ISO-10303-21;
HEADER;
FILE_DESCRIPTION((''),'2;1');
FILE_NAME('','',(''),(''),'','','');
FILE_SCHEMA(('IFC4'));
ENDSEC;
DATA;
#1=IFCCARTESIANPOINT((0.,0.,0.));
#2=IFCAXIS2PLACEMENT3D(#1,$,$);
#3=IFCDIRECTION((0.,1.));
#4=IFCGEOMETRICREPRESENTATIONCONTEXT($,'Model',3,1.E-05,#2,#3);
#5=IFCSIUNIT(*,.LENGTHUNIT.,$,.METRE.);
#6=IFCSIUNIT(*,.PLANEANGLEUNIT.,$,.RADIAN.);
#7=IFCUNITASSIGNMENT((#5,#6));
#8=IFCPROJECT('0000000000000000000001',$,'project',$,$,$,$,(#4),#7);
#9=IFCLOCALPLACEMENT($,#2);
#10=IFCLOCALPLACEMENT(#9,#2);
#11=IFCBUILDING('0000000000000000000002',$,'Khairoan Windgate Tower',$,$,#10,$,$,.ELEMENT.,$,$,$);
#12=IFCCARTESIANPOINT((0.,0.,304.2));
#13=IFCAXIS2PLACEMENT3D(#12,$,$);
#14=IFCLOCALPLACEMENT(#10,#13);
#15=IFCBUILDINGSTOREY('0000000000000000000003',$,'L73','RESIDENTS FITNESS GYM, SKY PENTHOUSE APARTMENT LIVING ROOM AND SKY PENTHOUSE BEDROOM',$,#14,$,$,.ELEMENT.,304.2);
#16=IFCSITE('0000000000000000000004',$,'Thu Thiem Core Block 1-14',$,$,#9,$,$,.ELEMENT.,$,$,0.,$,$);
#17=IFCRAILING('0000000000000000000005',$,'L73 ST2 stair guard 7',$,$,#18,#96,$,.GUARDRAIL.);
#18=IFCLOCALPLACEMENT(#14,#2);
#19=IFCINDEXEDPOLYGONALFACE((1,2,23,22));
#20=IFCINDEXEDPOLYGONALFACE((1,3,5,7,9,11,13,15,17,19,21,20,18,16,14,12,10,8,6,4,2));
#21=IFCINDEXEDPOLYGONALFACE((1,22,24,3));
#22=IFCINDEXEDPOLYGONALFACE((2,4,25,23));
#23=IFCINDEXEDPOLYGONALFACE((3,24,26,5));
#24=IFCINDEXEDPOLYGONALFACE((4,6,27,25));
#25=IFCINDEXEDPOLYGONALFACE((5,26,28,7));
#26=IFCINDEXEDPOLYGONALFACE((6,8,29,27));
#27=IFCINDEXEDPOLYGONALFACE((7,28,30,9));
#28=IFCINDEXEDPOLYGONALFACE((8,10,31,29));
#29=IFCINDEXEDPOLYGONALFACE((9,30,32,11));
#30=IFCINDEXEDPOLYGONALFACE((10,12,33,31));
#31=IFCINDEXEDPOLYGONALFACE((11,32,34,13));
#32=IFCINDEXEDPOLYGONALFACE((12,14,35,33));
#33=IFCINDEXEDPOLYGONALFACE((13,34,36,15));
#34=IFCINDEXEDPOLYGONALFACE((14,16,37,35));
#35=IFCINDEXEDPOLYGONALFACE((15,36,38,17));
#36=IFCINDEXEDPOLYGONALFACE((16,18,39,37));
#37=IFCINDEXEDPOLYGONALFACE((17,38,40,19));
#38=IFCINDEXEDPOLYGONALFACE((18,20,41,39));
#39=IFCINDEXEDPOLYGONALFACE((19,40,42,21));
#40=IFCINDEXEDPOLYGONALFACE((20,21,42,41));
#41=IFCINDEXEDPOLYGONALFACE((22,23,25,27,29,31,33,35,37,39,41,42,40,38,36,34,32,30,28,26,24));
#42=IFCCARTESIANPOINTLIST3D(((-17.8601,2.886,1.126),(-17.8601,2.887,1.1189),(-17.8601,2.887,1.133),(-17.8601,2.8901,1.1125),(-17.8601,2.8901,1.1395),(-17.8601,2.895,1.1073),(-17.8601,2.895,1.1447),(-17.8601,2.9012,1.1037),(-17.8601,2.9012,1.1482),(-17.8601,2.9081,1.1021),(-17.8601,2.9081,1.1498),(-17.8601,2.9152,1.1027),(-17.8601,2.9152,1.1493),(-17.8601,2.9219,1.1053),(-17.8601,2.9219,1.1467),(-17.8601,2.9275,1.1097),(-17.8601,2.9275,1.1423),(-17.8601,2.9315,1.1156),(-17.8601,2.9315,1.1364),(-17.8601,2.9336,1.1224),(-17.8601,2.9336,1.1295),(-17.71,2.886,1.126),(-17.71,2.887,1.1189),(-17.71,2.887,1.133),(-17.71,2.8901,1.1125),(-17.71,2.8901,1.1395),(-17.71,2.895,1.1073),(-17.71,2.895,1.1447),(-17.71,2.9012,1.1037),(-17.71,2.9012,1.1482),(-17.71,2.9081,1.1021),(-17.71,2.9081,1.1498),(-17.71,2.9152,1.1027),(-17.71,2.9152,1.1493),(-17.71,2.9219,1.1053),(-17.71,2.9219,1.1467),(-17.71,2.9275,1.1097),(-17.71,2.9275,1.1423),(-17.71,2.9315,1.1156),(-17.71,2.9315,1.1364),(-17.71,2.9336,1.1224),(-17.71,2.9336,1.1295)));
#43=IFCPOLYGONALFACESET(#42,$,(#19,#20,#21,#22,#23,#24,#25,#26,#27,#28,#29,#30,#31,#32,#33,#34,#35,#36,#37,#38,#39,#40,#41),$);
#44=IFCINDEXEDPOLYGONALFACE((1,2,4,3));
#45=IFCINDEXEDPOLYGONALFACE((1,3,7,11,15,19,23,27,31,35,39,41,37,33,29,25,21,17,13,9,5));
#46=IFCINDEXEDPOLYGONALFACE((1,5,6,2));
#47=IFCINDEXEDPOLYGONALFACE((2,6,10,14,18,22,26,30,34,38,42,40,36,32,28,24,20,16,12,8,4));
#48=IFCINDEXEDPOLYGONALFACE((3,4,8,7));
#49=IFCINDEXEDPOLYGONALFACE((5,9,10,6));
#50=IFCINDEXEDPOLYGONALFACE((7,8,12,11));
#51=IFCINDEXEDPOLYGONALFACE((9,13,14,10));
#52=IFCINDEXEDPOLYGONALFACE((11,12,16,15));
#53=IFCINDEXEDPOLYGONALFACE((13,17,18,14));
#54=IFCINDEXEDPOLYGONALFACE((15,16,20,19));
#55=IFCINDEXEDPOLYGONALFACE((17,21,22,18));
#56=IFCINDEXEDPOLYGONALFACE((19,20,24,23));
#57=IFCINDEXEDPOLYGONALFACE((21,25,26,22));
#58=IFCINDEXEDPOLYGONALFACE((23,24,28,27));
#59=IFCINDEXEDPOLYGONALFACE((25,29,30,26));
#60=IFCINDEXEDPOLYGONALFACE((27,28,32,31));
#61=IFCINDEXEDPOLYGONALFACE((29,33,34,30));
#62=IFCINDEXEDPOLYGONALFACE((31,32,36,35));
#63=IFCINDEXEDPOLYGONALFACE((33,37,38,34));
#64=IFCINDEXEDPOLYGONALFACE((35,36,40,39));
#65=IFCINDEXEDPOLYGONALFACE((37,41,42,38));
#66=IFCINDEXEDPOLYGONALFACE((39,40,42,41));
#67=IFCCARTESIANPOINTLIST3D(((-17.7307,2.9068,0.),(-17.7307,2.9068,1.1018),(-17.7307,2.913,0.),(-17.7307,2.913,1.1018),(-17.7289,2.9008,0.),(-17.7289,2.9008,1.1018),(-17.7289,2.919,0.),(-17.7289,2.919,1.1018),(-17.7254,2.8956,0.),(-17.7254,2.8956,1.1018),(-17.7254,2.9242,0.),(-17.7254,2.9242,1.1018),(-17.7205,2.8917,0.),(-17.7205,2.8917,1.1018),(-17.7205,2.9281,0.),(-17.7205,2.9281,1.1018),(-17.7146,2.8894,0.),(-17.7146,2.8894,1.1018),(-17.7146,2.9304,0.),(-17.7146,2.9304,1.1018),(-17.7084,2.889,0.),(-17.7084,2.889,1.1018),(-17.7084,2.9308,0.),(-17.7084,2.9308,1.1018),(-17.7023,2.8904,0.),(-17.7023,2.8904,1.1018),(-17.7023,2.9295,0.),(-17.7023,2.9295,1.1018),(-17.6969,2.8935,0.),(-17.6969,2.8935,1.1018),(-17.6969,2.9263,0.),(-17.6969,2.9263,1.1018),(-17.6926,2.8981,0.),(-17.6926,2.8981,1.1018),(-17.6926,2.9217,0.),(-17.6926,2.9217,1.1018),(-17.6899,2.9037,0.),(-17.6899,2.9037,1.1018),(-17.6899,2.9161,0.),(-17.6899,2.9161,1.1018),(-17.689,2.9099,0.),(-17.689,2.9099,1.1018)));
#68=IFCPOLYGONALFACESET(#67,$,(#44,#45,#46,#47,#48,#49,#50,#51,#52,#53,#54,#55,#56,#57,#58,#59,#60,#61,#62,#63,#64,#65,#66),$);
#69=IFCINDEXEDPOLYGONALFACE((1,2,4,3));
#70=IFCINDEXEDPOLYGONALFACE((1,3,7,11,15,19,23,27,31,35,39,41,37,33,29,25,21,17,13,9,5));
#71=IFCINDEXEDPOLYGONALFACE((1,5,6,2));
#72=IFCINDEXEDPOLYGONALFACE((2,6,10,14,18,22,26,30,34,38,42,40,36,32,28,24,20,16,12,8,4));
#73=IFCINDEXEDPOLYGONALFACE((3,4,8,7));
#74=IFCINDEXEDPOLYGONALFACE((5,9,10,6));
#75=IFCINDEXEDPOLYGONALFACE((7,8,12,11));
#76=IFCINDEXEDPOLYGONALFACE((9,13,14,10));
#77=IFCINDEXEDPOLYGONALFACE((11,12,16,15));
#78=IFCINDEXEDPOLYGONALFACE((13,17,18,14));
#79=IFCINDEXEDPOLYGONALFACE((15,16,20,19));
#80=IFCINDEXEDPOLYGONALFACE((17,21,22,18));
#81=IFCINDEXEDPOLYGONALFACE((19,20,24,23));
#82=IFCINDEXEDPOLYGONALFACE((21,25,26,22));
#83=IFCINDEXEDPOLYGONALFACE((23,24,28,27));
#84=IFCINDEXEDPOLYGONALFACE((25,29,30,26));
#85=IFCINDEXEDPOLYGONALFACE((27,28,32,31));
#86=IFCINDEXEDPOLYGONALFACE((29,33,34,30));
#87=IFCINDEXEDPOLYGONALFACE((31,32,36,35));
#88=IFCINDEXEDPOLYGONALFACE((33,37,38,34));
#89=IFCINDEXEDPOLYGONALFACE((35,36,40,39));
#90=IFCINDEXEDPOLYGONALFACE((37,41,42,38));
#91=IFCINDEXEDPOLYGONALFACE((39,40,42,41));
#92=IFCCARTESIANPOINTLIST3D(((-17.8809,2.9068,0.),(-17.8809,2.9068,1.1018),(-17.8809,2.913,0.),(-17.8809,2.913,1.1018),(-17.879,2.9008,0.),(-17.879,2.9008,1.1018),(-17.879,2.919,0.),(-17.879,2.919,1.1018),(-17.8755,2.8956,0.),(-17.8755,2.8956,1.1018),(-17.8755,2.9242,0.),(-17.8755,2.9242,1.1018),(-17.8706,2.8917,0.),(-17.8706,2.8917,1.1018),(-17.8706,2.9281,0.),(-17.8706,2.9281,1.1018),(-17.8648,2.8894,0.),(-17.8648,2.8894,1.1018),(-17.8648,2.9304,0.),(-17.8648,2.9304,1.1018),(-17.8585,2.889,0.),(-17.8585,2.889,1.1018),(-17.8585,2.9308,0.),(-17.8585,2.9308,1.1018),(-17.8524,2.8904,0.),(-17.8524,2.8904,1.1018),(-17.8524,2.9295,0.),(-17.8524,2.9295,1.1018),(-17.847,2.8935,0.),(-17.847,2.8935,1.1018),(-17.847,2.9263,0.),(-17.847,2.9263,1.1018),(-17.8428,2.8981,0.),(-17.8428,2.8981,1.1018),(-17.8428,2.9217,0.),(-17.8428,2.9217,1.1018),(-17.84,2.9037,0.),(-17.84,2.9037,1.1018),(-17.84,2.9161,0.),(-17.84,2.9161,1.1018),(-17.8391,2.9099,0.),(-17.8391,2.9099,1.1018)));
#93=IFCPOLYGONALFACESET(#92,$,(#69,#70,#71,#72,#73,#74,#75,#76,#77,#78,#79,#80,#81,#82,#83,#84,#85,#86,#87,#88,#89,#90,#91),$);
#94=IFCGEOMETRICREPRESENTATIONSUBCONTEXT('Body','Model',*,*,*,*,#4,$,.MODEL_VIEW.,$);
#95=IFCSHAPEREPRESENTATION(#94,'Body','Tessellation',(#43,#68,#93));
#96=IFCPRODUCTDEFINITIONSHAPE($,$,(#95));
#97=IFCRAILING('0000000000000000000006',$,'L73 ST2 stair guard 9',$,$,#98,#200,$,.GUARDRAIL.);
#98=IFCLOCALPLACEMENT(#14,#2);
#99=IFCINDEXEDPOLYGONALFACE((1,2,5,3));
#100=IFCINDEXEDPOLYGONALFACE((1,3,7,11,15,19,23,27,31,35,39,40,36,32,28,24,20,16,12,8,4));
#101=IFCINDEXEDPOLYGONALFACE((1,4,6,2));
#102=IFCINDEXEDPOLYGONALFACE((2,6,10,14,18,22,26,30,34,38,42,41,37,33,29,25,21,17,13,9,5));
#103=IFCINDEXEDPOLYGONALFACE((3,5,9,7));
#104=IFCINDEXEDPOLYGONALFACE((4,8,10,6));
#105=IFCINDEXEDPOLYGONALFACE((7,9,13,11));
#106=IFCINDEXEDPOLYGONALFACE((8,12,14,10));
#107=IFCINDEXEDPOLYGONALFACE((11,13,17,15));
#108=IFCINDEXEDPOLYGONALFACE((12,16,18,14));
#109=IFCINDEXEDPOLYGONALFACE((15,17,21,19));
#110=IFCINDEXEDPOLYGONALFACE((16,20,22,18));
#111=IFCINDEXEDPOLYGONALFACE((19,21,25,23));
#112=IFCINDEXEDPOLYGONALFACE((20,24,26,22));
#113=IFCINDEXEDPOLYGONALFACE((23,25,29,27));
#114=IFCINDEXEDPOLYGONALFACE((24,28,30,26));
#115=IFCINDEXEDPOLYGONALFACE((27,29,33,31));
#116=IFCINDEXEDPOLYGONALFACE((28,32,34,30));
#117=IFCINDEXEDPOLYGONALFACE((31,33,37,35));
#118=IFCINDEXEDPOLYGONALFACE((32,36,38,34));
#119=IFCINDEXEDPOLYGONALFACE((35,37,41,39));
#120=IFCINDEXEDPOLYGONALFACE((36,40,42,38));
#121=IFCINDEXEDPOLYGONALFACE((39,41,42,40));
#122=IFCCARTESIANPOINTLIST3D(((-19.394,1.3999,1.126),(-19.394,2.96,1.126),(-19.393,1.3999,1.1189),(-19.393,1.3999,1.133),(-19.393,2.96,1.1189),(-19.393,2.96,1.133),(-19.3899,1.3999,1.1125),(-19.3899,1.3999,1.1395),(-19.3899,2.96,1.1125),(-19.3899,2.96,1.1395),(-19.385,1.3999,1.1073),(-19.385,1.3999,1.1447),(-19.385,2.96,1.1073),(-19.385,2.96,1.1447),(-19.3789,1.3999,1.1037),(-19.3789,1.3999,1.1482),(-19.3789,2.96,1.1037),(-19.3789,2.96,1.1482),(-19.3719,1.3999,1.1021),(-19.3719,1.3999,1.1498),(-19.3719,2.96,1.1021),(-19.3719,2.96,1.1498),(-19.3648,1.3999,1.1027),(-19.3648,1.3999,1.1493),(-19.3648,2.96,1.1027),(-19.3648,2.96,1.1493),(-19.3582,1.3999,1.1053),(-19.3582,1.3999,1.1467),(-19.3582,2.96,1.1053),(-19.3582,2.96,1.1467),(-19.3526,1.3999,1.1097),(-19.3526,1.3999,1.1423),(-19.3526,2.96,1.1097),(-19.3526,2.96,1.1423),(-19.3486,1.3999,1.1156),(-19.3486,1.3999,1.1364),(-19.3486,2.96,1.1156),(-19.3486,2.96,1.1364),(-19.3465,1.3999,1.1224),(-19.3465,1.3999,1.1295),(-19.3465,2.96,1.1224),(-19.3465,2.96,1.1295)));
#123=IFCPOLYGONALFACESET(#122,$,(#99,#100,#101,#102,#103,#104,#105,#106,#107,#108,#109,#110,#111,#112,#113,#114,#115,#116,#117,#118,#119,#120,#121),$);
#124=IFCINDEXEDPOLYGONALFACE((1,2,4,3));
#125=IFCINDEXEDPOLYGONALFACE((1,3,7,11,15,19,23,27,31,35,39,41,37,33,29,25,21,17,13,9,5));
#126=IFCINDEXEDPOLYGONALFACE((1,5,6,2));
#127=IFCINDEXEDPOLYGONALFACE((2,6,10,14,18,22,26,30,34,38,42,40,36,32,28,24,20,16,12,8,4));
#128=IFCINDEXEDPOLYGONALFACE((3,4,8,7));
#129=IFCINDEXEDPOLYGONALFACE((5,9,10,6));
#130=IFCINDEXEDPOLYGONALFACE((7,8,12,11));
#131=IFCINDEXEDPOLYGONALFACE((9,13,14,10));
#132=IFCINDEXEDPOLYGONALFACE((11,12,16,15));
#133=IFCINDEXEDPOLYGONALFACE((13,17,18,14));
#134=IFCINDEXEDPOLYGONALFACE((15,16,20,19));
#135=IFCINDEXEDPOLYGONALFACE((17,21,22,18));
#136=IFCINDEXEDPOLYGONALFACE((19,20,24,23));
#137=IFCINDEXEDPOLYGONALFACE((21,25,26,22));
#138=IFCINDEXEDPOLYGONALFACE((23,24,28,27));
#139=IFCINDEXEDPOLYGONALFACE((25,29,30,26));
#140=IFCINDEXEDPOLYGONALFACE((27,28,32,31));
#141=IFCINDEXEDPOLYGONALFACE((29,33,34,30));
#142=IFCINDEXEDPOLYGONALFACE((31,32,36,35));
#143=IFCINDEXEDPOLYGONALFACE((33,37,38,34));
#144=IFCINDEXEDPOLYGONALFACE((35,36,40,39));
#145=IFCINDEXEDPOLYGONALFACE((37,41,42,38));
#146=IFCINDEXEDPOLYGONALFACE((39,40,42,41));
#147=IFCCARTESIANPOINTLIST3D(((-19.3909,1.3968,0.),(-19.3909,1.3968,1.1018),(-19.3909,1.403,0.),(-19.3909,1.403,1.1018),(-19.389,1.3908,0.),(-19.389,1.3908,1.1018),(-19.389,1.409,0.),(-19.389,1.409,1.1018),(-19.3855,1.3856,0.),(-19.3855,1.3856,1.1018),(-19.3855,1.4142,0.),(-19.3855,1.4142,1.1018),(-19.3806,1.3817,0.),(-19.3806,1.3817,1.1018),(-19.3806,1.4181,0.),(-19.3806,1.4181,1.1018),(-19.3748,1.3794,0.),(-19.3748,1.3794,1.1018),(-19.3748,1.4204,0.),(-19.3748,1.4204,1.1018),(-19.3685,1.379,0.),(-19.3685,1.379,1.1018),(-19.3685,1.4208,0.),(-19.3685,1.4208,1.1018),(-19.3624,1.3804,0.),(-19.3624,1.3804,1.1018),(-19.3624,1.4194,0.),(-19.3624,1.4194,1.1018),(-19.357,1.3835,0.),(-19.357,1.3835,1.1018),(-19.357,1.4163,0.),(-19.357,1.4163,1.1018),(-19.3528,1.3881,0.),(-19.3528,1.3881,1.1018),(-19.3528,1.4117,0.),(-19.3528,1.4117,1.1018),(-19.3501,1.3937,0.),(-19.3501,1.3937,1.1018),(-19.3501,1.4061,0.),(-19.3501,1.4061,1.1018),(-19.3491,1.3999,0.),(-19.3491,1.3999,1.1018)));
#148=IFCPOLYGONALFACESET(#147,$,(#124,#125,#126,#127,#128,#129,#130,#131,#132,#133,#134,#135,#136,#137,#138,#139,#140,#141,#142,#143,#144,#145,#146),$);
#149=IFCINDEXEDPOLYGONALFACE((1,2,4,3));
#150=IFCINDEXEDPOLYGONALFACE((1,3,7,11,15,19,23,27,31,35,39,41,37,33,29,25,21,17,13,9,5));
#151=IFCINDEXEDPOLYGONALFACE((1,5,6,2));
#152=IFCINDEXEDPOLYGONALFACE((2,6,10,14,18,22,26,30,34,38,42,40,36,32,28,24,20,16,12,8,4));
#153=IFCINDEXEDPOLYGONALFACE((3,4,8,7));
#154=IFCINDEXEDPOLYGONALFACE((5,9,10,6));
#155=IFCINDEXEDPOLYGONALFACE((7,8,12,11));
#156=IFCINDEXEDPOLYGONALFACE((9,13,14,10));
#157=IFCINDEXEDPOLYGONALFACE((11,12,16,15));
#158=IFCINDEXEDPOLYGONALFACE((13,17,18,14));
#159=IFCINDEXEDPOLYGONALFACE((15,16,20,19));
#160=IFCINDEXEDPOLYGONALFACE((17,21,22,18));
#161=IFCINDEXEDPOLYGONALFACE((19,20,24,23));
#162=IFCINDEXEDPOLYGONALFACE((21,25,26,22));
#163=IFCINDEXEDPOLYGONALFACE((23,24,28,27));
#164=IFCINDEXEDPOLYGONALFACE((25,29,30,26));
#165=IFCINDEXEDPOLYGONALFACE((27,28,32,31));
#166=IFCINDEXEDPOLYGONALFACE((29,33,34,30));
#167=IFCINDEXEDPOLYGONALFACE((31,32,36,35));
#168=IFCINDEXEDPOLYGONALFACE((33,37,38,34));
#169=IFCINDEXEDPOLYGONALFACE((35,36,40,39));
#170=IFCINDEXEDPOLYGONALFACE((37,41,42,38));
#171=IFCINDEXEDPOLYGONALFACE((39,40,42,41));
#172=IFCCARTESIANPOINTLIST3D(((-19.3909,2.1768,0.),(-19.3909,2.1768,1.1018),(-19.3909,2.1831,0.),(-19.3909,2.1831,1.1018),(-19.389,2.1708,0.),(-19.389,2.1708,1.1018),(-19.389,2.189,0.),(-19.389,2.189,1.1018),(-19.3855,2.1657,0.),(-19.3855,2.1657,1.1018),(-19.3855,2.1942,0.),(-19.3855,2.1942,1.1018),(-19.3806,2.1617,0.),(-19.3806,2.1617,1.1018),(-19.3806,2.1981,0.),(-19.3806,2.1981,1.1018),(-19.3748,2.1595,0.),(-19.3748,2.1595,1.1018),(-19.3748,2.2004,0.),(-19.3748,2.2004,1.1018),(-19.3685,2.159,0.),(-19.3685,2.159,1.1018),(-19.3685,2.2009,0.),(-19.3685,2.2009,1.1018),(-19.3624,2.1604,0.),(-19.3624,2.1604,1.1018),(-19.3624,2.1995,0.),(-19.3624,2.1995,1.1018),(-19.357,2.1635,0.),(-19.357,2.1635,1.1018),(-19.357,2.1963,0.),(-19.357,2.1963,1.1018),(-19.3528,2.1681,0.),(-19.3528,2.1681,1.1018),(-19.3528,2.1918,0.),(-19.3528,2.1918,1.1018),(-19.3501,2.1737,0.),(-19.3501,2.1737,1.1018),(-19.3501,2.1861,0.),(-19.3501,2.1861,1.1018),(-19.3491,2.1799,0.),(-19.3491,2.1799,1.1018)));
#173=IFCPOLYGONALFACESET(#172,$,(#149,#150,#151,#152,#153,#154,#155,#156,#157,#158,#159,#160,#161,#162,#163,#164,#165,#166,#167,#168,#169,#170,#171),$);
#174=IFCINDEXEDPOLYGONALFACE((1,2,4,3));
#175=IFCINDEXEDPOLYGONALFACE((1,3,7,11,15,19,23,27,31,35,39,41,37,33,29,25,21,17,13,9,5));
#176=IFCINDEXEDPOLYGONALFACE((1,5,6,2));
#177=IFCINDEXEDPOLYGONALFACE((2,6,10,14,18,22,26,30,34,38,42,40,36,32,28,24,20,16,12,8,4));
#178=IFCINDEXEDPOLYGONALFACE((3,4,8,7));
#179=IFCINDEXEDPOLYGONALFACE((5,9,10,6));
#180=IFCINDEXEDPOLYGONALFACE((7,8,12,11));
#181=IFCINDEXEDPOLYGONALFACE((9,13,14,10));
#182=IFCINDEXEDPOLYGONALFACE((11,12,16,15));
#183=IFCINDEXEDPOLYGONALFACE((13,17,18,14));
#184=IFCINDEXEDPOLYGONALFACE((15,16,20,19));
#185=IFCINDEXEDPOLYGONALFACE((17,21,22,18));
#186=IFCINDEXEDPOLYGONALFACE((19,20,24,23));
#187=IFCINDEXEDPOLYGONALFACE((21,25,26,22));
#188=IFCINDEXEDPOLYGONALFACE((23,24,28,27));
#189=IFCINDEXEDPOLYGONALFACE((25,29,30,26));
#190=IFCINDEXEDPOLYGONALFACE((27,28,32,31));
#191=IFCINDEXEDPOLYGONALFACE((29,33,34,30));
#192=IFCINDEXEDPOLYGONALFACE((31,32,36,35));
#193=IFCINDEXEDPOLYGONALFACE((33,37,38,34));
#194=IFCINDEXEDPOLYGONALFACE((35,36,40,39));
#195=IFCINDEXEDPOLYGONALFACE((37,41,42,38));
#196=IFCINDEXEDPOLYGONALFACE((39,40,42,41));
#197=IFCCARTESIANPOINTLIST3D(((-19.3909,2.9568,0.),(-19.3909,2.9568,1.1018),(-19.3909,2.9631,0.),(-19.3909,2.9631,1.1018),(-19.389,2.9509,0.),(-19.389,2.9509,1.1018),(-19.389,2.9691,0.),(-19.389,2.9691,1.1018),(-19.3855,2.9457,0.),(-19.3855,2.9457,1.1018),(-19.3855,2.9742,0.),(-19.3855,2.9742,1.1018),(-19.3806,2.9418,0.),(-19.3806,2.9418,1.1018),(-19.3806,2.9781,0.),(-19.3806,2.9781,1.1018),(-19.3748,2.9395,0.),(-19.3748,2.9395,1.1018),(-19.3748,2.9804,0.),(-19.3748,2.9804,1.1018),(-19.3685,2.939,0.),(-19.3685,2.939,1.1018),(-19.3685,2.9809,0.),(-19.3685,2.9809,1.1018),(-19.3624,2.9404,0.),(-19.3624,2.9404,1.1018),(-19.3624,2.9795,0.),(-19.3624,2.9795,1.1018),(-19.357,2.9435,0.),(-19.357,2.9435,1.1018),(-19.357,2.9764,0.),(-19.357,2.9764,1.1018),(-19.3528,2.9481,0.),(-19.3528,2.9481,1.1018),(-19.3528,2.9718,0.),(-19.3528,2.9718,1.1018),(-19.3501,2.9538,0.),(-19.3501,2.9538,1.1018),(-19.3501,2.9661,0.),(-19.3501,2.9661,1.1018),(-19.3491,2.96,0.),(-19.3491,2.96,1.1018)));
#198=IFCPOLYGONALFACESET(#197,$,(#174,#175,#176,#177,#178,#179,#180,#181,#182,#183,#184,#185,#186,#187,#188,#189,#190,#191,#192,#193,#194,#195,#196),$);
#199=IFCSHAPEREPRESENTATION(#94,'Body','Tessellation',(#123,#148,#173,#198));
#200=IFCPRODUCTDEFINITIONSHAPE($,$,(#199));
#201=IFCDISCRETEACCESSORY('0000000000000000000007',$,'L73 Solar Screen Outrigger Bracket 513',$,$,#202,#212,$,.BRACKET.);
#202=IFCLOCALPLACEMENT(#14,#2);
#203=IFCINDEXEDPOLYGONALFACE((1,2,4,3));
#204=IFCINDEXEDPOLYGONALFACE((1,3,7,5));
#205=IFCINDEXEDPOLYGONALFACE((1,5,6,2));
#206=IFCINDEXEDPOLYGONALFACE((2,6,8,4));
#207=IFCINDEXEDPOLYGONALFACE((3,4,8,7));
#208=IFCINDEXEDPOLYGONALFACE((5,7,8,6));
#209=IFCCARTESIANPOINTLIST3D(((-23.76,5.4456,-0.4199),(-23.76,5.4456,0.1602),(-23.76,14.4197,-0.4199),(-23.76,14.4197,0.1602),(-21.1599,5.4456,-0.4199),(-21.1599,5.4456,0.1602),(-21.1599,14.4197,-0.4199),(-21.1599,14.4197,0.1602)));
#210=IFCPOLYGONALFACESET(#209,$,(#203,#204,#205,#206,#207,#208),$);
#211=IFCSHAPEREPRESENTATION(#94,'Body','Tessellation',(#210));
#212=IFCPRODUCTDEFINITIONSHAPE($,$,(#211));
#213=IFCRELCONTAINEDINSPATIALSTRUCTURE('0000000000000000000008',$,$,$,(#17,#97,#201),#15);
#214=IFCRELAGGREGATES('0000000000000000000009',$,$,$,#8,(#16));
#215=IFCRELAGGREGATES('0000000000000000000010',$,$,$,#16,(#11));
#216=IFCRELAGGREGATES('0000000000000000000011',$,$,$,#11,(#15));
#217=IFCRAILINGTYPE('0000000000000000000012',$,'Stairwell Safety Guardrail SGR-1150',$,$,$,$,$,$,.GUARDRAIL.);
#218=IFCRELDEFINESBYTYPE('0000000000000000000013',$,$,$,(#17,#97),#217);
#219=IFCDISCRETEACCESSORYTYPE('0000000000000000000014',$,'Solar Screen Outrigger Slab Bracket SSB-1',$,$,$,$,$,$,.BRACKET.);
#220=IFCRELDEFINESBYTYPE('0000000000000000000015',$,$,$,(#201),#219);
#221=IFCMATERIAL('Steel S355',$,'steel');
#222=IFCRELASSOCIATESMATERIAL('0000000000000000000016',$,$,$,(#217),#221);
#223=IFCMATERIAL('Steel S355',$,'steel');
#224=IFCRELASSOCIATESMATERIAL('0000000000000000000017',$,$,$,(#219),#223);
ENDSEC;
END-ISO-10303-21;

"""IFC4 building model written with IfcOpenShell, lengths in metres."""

from ifc_helpers import new_model, si_unit, direction, frame, origin, origin_2d, place, context, subcontext, project, spatial, rectangle, circle, extrude, material, type_object, element, save


model = new_model("IFC4")

# Units and contexts
model_context = context("Model", 3, precision=1e-05, world=origin(), true_north=direction((0.0, 1.0)))
body_context = subcontext(model_context, "Body", "Model", "MODEL_VIEW")
ifc_project = project(units=[si_unit("LENGTHUNIT", "METRE"), si_unit("PLANEANGLEUNIT", "RADIAN")], contexts=[model_context])

# Site, building, storey
site_placement = place(None, origin())
site = spatial("IfcSite", under=ifc_project, at=site_placement, Name="Thu Thiem Core Block 1-14", CompositionType="ELEMENT", RefElevation=0.0)
building_placement = place(site_placement, origin())
building = spatial("IfcBuilding", under=site, at=building_placement, Name="Khairoan Windgate Tower", CompositionType="ELEMENT")
storey_placement = place(building_placement, frame((0.0, 0.0, 304.2)))
storey = spatial("IfcBuildingStorey", under=building, at=storey_placement, Name="L73", Description="RESIDENTS FITNESS GYM, SKY PENTHOUSE APARTMENT LIVING ROOM AND SKY PENTHOUSE BEDROOM", CompositionType="ELEMENT", Elevation=304.2)

# Railings
ifc_material_1 = material(Name="Steel S355", Category="steel")
railing_type_1 = type_object("IfcRailingType", Name="Stairwell Safety Guardrail SGR-1150", PredefinedType="GUARDRAIL", material=ifc_material_1)
railing_1_placement = place(storey_placement, frame((-17.71, 2.9099, 0.0)))
element("IfcRailing", 1, at=railing_1_placement, inside=storey, type_object=railing_type_1, Name="L73 ST2 stair guard 7", PredefinedType="GUARDRAIL", context=body_context, shape_type="SweptSolid", body=[
    extrude(circle(Radius=0.0239, at=origin_2d()), frame((0.0, 0.0, 1.126), z_axis=(-1.0, 0.0, 0.0), x_axis=(0.0, -1.0, 0.0)), (0.0, 0.0, 1.0), 0.1501),
    extrude(circle(Radius=0.021, at=origin_2d()), origin(), (0.0, 0.0, 1.0), 1.1018),
    extrude(circle(Radius=0.021, at=origin_2d()), frame((-0.1501, 0.0, 0.0)), (0.0, 0.0, 1.0), 1.1018),
])
railing_2_placement = place(storey_placement, frame((-19.3701, 1.3999, 0.0)))
element("IfcRailing", 2, at=railing_2_placement, inside=storey, type_object=railing_type_1, Name="L73 ST2 stair guard 9", PredefinedType="GUARDRAIL", context=body_context, shape_type="SweptSolid", body=[
    extrude(circle(Radius=0.0239, at=origin_2d()), frame((0.0, 0.0, 1.126), z_axis=(0.0, 1.0, 0.0), x_axis=(-1.0, 0.0, 0.0)), (0.0, 0.0, 1.0), 1.5601),
    extrude(circle(Radius=0.021, at=origin_2d()), origin(), (0.0, 0.0, 1.0), 1.1018),
    extrude(circle(Radius=0.021, at=origin_2d()), frame((0.0, 0.78, 0.0)), (0.0, 0.0, 1.0), 1.1018),
    extrude(circle(Radius=0.021, at=origin_2d()), frame((0.0, 1.5601, 0.0)), (0.0, 0.0, 1.0), 1.1018),
])

# Discrete accessory
ifc_material_2 = material(Name="Steel S355", Category="steel")
discrete_accessory_type = type_object("IfcDiscreteAccessoryType", Name="Solar Screen Outrigger Slab Bracket SSB-1", PredefinedType="BRACKET", material=ifc_material_2)
discrete_accessory_placement = place(storey_placement, frame((-22.46, 9.9326, -0.4199), z_axis=(0.0, 0.0, 1.0), x_axis=(0.0, 1.0, 0.0)))
element("IfcDiscreteAccessory", 3, at=discrete_accessory_placement, inside=storey, type_object=discrete_accessory_type, Name="L73 Solar Screen Outrigger Bracket 513", PredefinedType="BRACKET", context=body_context, shape_type="SweptSolid", body=[
    extrude(rectangle(XDim=8.9741, YDim=2.6001, at=origin_2d()), origin(), (0.0, 0.0, 1.0), 0.5801),
])

save(model, "model.ifc")
